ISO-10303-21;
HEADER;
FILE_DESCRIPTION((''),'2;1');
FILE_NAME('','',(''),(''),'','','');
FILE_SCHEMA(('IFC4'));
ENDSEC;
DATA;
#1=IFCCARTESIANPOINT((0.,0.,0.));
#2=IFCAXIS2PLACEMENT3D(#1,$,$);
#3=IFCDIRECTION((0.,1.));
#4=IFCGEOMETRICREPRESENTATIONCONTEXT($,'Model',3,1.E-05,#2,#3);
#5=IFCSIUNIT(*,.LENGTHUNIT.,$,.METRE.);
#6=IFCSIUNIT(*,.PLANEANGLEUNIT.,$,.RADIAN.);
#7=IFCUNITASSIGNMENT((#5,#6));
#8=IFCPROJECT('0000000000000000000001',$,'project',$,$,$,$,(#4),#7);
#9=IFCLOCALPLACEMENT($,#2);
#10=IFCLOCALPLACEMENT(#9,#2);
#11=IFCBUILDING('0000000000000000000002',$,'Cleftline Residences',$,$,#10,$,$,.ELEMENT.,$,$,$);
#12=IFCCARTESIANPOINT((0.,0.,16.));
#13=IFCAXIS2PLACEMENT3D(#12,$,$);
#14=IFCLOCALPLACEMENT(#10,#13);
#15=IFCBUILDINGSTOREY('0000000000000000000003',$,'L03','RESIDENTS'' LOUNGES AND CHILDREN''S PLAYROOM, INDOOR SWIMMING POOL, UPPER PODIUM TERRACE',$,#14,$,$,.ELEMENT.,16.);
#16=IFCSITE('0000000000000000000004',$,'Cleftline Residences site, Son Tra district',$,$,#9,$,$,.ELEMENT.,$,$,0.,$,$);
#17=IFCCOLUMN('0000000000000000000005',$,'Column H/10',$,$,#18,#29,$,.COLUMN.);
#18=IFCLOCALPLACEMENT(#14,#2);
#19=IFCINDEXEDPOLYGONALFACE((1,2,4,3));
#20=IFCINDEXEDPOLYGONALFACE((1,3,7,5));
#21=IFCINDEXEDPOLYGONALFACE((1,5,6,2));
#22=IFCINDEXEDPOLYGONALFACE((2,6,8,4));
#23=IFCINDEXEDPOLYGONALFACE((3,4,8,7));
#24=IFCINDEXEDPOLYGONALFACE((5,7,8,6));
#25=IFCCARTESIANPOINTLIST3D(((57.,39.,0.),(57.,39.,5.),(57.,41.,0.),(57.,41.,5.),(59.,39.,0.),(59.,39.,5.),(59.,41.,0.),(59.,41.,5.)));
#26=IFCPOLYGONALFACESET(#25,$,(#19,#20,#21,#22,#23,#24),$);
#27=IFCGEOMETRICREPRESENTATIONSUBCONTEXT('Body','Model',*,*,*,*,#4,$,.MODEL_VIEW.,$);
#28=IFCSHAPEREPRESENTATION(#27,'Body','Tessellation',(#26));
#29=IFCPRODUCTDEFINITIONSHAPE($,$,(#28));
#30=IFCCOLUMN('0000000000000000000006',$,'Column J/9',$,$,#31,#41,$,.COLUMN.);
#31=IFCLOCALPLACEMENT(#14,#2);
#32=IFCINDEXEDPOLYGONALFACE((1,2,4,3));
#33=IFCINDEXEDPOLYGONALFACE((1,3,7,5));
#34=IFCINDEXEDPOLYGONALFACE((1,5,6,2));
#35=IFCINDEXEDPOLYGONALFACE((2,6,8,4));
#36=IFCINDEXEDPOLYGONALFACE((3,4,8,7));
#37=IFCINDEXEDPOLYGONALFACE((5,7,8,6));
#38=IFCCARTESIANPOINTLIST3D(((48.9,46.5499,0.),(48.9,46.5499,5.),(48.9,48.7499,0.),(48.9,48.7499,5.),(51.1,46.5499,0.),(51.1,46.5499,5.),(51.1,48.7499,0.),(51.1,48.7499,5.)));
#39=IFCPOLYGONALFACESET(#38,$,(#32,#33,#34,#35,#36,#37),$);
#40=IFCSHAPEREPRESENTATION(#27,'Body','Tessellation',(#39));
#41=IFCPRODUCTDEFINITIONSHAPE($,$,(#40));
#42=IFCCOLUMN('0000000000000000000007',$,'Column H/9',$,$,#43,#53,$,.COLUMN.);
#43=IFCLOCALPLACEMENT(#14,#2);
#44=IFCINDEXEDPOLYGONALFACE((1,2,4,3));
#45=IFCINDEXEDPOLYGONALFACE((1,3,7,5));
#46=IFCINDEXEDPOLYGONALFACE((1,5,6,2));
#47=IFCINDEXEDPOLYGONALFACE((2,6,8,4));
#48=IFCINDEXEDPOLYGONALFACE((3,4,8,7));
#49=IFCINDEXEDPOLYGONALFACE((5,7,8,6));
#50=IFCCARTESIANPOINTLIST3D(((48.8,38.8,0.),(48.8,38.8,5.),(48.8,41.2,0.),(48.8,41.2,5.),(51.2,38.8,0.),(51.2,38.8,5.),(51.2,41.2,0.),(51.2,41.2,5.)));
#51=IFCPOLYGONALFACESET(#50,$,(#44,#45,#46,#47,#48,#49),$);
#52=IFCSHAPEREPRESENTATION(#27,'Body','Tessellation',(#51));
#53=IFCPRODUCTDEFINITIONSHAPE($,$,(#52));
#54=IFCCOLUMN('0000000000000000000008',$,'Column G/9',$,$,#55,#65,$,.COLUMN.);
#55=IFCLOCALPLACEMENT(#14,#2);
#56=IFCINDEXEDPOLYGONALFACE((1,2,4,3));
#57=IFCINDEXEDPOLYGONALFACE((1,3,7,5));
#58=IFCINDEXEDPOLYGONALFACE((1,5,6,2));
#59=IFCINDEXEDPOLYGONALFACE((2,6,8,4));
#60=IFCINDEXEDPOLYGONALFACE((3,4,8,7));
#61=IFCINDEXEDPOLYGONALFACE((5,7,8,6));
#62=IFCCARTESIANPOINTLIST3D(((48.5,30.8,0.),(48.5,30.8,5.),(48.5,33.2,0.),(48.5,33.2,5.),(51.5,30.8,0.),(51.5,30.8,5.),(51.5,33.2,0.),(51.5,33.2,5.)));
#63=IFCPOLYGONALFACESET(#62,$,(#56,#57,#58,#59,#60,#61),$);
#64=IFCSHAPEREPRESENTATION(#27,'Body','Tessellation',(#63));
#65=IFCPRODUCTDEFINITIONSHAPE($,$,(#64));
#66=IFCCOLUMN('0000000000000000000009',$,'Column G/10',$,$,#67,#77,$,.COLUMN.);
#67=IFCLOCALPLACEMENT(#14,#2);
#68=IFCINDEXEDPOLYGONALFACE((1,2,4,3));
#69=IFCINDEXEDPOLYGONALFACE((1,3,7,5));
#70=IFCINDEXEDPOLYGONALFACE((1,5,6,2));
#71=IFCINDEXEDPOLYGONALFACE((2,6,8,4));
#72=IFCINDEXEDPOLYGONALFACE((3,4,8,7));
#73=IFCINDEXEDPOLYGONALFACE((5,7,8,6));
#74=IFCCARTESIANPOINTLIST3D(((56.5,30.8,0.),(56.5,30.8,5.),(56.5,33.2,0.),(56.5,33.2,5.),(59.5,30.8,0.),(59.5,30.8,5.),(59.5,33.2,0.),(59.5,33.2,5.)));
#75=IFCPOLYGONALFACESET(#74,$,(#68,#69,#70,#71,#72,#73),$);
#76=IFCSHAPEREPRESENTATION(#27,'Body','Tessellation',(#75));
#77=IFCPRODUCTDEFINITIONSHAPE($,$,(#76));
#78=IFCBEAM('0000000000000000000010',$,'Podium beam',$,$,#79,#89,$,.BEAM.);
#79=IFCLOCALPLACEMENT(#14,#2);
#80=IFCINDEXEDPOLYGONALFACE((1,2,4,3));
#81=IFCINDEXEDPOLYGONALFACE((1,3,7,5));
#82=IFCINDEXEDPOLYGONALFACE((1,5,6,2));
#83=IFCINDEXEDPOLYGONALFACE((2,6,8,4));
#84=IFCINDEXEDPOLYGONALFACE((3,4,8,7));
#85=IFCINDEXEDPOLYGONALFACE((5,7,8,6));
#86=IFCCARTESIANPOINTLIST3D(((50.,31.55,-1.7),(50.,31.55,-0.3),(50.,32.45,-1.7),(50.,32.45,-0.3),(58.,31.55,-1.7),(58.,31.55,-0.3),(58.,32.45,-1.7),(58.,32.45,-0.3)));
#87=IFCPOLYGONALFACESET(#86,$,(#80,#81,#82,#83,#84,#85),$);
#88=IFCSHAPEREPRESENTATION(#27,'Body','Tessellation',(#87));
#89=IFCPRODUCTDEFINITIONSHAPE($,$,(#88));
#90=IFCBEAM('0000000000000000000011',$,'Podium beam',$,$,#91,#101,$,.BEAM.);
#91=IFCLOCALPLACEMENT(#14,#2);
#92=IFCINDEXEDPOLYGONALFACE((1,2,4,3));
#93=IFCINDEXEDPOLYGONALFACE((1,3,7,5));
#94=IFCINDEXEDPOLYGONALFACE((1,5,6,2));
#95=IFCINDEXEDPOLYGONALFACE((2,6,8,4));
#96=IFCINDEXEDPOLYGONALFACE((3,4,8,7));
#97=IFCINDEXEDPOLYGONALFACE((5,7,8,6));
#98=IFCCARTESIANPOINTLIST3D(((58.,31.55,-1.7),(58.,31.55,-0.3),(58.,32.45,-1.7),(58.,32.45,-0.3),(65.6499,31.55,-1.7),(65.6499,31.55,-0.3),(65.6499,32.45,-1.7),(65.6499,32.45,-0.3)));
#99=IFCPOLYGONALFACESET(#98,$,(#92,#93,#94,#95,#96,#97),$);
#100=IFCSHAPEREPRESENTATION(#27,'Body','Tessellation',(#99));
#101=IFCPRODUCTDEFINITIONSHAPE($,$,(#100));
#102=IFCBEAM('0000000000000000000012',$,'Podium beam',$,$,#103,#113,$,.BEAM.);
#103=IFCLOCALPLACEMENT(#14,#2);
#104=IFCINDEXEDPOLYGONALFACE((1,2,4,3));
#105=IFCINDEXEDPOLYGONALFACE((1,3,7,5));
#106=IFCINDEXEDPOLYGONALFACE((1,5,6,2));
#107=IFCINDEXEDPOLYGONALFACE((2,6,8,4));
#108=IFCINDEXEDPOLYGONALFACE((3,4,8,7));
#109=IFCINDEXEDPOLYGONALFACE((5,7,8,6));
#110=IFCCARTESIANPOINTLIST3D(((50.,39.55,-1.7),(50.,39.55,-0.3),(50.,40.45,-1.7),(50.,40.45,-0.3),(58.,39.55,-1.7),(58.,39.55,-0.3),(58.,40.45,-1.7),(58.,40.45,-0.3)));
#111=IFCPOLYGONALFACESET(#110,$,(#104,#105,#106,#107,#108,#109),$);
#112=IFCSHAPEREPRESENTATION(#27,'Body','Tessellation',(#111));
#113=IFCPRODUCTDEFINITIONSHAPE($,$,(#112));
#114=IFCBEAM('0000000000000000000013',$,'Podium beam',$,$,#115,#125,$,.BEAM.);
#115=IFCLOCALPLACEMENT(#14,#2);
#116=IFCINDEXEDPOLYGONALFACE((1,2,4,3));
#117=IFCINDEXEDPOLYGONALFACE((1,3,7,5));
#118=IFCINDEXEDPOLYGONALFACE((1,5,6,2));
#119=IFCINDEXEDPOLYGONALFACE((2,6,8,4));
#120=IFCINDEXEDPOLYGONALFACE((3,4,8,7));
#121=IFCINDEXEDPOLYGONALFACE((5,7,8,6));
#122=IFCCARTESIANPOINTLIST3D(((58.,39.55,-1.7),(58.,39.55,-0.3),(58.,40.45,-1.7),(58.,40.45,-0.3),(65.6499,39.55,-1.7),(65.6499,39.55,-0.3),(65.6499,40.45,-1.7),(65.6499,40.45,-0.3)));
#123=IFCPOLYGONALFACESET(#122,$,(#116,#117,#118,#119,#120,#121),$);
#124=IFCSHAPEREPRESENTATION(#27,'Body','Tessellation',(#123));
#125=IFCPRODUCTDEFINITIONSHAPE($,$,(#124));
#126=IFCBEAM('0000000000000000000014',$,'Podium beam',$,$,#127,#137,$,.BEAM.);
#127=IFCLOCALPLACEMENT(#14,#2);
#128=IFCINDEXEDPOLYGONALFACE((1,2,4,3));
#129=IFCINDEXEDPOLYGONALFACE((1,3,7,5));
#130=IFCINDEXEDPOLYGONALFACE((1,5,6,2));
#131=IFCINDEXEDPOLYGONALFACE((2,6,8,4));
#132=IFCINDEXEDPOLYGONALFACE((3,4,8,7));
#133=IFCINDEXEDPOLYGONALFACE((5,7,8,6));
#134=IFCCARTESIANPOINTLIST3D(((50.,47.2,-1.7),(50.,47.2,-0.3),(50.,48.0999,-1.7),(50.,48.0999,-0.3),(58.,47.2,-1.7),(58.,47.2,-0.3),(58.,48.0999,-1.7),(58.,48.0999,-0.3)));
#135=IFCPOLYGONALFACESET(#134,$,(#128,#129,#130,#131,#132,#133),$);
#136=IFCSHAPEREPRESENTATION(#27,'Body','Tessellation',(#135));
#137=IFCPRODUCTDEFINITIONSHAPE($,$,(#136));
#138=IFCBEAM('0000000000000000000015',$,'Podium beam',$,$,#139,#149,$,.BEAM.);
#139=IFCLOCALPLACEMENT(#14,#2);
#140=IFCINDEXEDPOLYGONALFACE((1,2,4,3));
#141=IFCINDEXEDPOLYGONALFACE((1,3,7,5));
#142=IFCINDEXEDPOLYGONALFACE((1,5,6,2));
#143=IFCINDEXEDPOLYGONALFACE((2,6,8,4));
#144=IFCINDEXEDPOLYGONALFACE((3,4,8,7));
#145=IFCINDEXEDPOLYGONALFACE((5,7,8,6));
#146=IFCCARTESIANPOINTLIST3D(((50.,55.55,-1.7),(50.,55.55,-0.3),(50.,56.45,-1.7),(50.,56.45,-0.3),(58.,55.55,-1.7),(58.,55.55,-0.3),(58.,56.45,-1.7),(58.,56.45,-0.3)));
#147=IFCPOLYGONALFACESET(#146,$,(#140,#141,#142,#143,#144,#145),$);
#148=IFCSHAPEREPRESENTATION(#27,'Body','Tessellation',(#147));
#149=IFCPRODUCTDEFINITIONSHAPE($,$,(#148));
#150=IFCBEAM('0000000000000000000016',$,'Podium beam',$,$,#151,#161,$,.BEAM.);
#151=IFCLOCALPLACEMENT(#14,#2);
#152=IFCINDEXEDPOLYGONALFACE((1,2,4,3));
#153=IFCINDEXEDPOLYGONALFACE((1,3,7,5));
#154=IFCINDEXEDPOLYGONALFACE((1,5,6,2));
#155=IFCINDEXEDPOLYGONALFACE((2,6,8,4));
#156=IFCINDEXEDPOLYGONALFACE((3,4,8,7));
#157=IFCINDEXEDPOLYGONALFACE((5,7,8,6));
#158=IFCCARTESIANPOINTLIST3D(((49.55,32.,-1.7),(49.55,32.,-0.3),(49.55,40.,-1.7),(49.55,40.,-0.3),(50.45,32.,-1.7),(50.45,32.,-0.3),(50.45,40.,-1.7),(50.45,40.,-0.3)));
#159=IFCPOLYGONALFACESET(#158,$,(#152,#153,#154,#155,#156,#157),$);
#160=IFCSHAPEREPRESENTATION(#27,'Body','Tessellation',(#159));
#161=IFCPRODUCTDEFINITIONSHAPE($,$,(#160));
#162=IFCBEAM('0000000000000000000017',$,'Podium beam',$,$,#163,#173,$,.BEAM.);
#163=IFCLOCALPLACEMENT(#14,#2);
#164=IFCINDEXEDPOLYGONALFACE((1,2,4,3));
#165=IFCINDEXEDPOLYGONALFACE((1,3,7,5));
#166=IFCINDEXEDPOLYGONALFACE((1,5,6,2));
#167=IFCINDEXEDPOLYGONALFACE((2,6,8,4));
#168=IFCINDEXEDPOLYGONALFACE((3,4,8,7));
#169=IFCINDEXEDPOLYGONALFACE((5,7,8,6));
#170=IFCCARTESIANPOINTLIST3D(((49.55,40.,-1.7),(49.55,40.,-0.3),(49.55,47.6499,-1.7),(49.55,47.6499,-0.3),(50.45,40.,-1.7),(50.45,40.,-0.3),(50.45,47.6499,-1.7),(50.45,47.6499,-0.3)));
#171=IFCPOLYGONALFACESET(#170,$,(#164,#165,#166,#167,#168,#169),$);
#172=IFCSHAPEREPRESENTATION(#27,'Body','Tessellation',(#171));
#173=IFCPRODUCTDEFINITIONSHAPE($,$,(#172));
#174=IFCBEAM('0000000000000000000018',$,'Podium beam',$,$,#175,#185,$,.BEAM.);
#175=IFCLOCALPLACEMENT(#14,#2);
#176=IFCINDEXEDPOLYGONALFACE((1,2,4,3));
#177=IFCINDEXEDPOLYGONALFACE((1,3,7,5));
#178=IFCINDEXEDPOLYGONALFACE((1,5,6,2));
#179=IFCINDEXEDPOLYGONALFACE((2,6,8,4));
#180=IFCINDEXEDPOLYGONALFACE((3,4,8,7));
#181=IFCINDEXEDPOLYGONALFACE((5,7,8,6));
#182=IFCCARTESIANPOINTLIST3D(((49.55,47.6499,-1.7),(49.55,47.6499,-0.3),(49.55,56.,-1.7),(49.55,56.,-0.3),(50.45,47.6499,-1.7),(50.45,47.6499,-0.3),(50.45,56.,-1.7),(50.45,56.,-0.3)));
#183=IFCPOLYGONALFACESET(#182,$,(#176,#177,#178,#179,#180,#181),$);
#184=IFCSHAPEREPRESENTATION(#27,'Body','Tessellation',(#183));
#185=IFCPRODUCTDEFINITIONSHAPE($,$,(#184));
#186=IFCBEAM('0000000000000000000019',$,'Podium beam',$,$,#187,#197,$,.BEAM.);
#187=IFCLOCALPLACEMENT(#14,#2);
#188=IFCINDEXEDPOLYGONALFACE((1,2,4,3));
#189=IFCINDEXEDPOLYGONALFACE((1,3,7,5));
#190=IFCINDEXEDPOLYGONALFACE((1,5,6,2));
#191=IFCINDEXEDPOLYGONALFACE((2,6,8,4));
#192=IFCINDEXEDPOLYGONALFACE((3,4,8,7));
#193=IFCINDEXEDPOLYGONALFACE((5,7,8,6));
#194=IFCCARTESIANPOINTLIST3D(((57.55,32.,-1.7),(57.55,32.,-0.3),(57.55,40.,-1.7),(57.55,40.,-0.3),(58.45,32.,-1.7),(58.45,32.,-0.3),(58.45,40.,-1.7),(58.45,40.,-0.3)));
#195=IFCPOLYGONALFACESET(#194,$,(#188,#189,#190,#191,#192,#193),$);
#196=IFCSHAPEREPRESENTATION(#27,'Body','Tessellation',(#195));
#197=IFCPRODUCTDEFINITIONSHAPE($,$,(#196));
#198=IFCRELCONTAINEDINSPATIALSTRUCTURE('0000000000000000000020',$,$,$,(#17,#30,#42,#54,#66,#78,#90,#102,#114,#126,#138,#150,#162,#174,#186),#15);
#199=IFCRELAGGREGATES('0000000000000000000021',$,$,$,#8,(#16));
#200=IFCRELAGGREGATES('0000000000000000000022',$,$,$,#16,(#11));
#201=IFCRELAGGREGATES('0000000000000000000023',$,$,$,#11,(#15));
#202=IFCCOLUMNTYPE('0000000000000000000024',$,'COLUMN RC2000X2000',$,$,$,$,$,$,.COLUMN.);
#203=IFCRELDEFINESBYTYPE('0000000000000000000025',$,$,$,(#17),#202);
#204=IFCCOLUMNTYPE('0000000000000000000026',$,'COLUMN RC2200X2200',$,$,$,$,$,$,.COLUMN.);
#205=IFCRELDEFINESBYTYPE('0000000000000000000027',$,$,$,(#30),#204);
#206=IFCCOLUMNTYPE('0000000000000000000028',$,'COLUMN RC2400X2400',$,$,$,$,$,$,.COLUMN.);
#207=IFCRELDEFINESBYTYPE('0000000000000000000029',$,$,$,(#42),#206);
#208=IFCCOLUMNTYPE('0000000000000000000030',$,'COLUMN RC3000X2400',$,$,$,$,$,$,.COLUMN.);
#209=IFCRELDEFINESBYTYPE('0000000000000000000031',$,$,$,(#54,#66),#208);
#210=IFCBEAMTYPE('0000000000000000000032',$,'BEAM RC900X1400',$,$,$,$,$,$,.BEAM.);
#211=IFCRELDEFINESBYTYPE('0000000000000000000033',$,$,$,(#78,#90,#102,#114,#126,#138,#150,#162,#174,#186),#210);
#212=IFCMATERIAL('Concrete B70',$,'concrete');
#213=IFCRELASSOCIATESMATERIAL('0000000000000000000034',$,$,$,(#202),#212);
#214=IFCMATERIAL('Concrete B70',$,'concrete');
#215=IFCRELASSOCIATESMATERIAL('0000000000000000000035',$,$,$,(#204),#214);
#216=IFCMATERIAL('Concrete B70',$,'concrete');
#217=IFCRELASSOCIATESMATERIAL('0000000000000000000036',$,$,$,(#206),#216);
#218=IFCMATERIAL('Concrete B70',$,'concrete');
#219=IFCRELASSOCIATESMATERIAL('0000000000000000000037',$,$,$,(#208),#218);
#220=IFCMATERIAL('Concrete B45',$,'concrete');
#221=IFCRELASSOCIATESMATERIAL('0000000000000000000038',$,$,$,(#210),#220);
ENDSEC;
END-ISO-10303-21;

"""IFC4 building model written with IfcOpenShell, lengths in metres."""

from ifc_helpers import new_model, si_unit, direction, frame, origin, origin_2d, place, context, subcontext, project, spatial, rectangle, extrude, material, material_profile, profile_set, type_object, element, save


model = new_model("IFC4")

# Units and contexts
model_context = context("Model", 3, precision=1e-05, world=origin(), true_north=direction((0.0, 1.0)))
body_context = subcontext(model_context, "Body", "Model", "MODEL_VIEW")
ifc_project = project(units=[si_unit("LENGTHUNIT", "METRE"), si_unit("PLANEANGLEUNIT", "RADIAN")], contexts=[model_context])

# Site, building, storey
site_placement = place(None, origin())
site = spatial("IfcSite", under=ifc_project, at=site_placement, Name="Cleftline Residences site, Son Tra district", CompositionType="ELEMENT", RefElevation=0.0)
building_placement = place(site_placement, origin())
building = spatial("IfcBuilding", under=site, at=building_placement, Name="Cleftline Residences", CompositionType="ELEMENT")
storey_placement = place(building_placement, frame((0.0, 0.0, 16.0)))
storey = spatial("IfcBuildingStorey", under=building, at=storey_placement, Name="L03", Description="RESIDENTS' LOUNGES AND CHILDREN'S PLAYROOM, INDOOR SWIMMING POOL, UPPER PODIUM TERRACE", CompositionType="ELEMENT", Elevation=16.0)

# Columns
ifc_material_1 = material(Name="Concrete B70", Category="concrete")
ifc_material_profile_1 = material_profile(ifc_material_1, rectangle(XDim=2.0, YDim=2.0, at=origin_2d()))
ifc_profile_set_1 = profile_set([ifc_material_profile_1], Name="Concrete B70")
column_type_1 = type_object("IfcColumnType", Name="COLUMN RC2000X2000", PredefinedType="COLUMN", material=ifc_profile_set_1)
column_1_placement = place(storey_placement, frame((58.0, 40.0, 0.0), z_axis=(0.0, 0.0, 1.0), x_axis=(1.0, 0.0, 0.0)))
element("IfcColumn", 1, at=column_1_placement, inside=storey, type_object=column_type_1, Name="Column H/10", PredefinedType="COLUMN", context=body_context, shape_type="SweptSolid", body=[
    extrude(rectangle(XDim=2.0, YDim=2.0, at=origin_2d()), origin(), (0.0, 0.0, 1.0), 5.0),
])
ifc_material_2 = material(Name="Concrete B70", Category="concrete")
ifc_material_profile_2 = material_profile(ifc_material_2, rectangle(XDim=2.2, YDim=2.2, at=origin_2d()))
ifc_profile_set_2 = profile_set([ifc_material_profile_2], Name="Concrete B70")
column_type_2 = type_object("IfcColumnType", Name="COLUMN RC2200X2200", PredefinedType="COLUMN", material=ifc_profile_set_2)
column_2_placement = place(storey_placement, frame((50.0, 47.6499, 0.0), z_axis=(0.0, 0.0, 1.0), x_axis=(1.0, 0.0, 0.0)))
element("IfcColumn", 2, at=column_2_placement, inside=storey, type_object=column_type_2, Name="Column J/9", PredefinedType="COLUMN", context=body_context, shape_type="SweptSolid", body=[
    extrude(rectangle(XDim=2.2, YDim=2.2, at=origin_2d()), origin(), (0.0, 0.0, 1.0), 5.0),
])
ifc_material_3 = material(Name="Concrete B70", Category="concrete")
ifc_material_profile_3 = material_profile(ifc_material_3, rectangle(XDim=2.3999, YDim=2.3999, at=origin_2d()))
ifc_profile_set_3 = profile_set([ifc_material_profile_3], Name="Concrete B70")
column_type_3 = type_object("IfcColumnType", Name="COLUMN RC2400X2400", PredefinedType="COLUMN", material=ifc_profile_set_3)
column_3_placement = place(storey_placement, frame((50.0, 40.0, 0.0), z_axis=(0.0, 0.0, 1.0), x_axis=(1.0, 0.0, 0.0)))
element("IfcColumn", 3, at=column_3_placement, inside=storey, type_object=column_type_3, Name="Column H/9", PredefinedType="COLUMN", context=body_context, shape_type="SweptSolid", body=[
    extrude(rectangle(XDim=2.3999, YDim=2.3999, at=origin_2d()), origin(), (0.0, 0.0, 1.0), 5.0),
])
ifc_material_4 = material(Name="Concrete B70", Category="concrete")
ifc_material_profile_4 = material_profile(ifc_material_4, rectangle(XDim=3.0, YDim=2.3999, at=origin_2d()))
ifc_profile_set_4 = profile_set([ifc_material_profile_4], Name="Concrete B70")
column_type_4 = type_object("IfcColumnType", Name="COLUMN RC3000X2400", PredefinedType="COLUMN", material=ifc_profile_set_4)
for number, where, z_axis, x_axis, name in (
    (4, (50.0, 32.0, 0.0), (0.0, 0.0, 1.0), (1.0, 0.0, 0.0), "Column G/9"),
    (5, (58.0, 32.0, 0.0), (0.0, 0.0, 1.0), (1.0, 0.0, 0.0), "Column G/10"),
):
    element("IfcColumn", number, at=place(storey_placement, frame(where, z_axis=z_axis, x_axis=x_axis)), inside=storey, type_object=column_type_4, Name=name, PredefinedType="COLUMN", context=body_context, shape_type="SweptSolid", body=[
        extrude(rectangle(XDim=3.0, YDim=2.3999, at=origin_2d()), origin(), (0.0, 0.0, 1.0), 5.0),
    ])

# Beams
ifc_material_5 = material(Name="Concrete B45", Category="concrete")
ifc_material_profile_5 = material_profile(ifc_material_5, rectangle(XDim=0.8999, YDim=1.3999, at=origin_2d()))
ifc_profile_set_5 = profile_set([ifc_material_profile_5], Name="Concrete B45")
beam_type = type_object("IfcBeamType", Name="BEAM RC900X1400", PredefinedType="BEAM", material=ifc_profile_set_5)
beam_1_placement = place(storey_placement, frame((50.0, 32.0, -1.0), z_axis=(1.0, 0.0, 0.0), x_axis=(0.0, 1.0, 0.0)))
element("IfcBeam", 6, at=beam_1_placement, inside=storey, type_object=beam_type, Name="Podium beam", PredefinedType="BEAM", context=body_context, shape_type="SweptSolid", body=[
    extrude(rectangle(XDim=0.8999, YDim=1.3999, at=origin_2d()), origin(), (0.0, 0.0, 1.0), 8.0),
])
beam_2_placement = place(storey_placement, frame((58.0, 32.0, -1.0), z_axis=(1.0, 0.0, 0.0), x_axis=(0.0, 1.0, 0.0)))
element("IfcBeam", 7, at=beam_2_placement, inside=storey, type_object=beam_type, Name="Podium beam", PredefinedType="BEAM", context=body_context, shape_type="SweptSolid", body=[
    extrude(rectangle(XDim=0.8999, YDim=1.3999, at=origin_2d()), origin(), (0.0, 0.0, 1.0), 7.6499),
])
beam_3_placement = place(storey_placement, frame((50.0, 40.0, -1.0), z_axis=(1.0, 0.0, 0.0), x_axis=(0.0, 1.0, 0.0)))
element("IfcBeam", 8, at=beam_3_placement, inside=storey, type_object=beam_type, Name="Podium beam", PredefinedType="BEAM", context=body_context, shape_type="SweptSolid", body=[
    extrude(rectangle(XDim=0.8999, YDim=1.3999, at=origin_2d()), origin(), (0.0, 0.0, 1.0), 8.0),
])
beam_4_placement = place(storey_placement, frame((58.0, 40.0, -1.0), z_axis=(1.0, 0.0, 0.0), x_axis=(0.0, 1.0, 0.0)))
element("IfcBeam", 9, at=beam_4_placement, inside=storey, type_object=beam_type, Name="Podium beam", PredefinedType="BEAM", context=body_context, shape_type="SweptSolid", body=[
    extrude(rectangle(XDim=0.8999, YDim=1.3999, at=origin_2d()), origin(), (0.0, 0.0, 1.0), 7.6499),
])
for number, where, z_axis, x_axis, name in (
    (10, (50.0, 47.6499, -1.0), (1.0, 0.0, 0.0), (0.0, 1.0, 0.0), "Podium beam"),
    (11, (50.0, 56.0, -1.0), (1.0, 0.0, 0.0), (0.0, 1.0, 0.0), "Podium beam"),
    (12, (50.0, 32.0, -1.0), (0.0, 1.0, 0.0), (-1.0, 0.0, 0.0), "Podium beam"),
):
    element("IfcBeam", number, at=place(storey_placement, frame(where, z_axis=z_axis, x_axis=x_axis)), inside=storey, type_object=beam_type, Name=name, PredefinedType="BEAM", context=body_context, shape_type="SweptSolid", body=[
        extrude(rectangle(XDim=0.8999, YDim=1.3999, at=origin_2d()), origin(), (0.0, 0.0, 1.0), 8.0),
    ])
beam_5_placement = place(storey_placement, frame((50.0, 40.0, -1.0), z_axis=(0.0, 1.0, 0.0), x_axis=(-1.0, 0.0, 0.0)))
element("IfcBeam", 13, at=beam_5_placement, inside=storey, type_object=beam_type, Name="Podium beam", PredefinedType="BEAM", context=body_context, shape_type="SweptSolid", body=[
    extrude(rectangle(XDim=0.8999, YDim=1.3999, at=origin_2d()), origin(), (0.0, 0.0, 1.0), 7.6499),
])
beam_6_placement = place(storey_placement, frame((50.0, 47.6499, -1.0), z_axis=(0.0, 1.0, 0.0), x_axis=(-1.0, 0.0, 0.0)))
element("IfcBeam", 14, at=beam_6_placement, inside=storey, type_object=beam_type, Name="Podium beam", PredefinedType="BEAM", context=body_context, shape_type="SweptSolid", body=[
    extrude(rectangle(XDim=0.8999, YDim=1.3999, at=origin_2d()), origin(), (0.0, 0.0, 1.0), 8.3501),
])
beam_7_placement = place(storey_placement, frame((58.0, 32.0, -1.0), z_axis=(0.0, 1.0, 0.0), x_axis=(-1.0, 0.0, 0.0)))
element("IfcBeam", 15, at=beam_7_placement, inside=storey, type_object=beam_type, Name="Podium beam", PredefinedType="BEAM", context=body_context, shape_type="SweptSolid", body=[
    extrude(rectangle(XDim=0.8999, YDim=1.3999, at=origin_2d()), origin(), (0.0, 0.0, 1.0), 8.0),
])

save(model, "model.ifc")
